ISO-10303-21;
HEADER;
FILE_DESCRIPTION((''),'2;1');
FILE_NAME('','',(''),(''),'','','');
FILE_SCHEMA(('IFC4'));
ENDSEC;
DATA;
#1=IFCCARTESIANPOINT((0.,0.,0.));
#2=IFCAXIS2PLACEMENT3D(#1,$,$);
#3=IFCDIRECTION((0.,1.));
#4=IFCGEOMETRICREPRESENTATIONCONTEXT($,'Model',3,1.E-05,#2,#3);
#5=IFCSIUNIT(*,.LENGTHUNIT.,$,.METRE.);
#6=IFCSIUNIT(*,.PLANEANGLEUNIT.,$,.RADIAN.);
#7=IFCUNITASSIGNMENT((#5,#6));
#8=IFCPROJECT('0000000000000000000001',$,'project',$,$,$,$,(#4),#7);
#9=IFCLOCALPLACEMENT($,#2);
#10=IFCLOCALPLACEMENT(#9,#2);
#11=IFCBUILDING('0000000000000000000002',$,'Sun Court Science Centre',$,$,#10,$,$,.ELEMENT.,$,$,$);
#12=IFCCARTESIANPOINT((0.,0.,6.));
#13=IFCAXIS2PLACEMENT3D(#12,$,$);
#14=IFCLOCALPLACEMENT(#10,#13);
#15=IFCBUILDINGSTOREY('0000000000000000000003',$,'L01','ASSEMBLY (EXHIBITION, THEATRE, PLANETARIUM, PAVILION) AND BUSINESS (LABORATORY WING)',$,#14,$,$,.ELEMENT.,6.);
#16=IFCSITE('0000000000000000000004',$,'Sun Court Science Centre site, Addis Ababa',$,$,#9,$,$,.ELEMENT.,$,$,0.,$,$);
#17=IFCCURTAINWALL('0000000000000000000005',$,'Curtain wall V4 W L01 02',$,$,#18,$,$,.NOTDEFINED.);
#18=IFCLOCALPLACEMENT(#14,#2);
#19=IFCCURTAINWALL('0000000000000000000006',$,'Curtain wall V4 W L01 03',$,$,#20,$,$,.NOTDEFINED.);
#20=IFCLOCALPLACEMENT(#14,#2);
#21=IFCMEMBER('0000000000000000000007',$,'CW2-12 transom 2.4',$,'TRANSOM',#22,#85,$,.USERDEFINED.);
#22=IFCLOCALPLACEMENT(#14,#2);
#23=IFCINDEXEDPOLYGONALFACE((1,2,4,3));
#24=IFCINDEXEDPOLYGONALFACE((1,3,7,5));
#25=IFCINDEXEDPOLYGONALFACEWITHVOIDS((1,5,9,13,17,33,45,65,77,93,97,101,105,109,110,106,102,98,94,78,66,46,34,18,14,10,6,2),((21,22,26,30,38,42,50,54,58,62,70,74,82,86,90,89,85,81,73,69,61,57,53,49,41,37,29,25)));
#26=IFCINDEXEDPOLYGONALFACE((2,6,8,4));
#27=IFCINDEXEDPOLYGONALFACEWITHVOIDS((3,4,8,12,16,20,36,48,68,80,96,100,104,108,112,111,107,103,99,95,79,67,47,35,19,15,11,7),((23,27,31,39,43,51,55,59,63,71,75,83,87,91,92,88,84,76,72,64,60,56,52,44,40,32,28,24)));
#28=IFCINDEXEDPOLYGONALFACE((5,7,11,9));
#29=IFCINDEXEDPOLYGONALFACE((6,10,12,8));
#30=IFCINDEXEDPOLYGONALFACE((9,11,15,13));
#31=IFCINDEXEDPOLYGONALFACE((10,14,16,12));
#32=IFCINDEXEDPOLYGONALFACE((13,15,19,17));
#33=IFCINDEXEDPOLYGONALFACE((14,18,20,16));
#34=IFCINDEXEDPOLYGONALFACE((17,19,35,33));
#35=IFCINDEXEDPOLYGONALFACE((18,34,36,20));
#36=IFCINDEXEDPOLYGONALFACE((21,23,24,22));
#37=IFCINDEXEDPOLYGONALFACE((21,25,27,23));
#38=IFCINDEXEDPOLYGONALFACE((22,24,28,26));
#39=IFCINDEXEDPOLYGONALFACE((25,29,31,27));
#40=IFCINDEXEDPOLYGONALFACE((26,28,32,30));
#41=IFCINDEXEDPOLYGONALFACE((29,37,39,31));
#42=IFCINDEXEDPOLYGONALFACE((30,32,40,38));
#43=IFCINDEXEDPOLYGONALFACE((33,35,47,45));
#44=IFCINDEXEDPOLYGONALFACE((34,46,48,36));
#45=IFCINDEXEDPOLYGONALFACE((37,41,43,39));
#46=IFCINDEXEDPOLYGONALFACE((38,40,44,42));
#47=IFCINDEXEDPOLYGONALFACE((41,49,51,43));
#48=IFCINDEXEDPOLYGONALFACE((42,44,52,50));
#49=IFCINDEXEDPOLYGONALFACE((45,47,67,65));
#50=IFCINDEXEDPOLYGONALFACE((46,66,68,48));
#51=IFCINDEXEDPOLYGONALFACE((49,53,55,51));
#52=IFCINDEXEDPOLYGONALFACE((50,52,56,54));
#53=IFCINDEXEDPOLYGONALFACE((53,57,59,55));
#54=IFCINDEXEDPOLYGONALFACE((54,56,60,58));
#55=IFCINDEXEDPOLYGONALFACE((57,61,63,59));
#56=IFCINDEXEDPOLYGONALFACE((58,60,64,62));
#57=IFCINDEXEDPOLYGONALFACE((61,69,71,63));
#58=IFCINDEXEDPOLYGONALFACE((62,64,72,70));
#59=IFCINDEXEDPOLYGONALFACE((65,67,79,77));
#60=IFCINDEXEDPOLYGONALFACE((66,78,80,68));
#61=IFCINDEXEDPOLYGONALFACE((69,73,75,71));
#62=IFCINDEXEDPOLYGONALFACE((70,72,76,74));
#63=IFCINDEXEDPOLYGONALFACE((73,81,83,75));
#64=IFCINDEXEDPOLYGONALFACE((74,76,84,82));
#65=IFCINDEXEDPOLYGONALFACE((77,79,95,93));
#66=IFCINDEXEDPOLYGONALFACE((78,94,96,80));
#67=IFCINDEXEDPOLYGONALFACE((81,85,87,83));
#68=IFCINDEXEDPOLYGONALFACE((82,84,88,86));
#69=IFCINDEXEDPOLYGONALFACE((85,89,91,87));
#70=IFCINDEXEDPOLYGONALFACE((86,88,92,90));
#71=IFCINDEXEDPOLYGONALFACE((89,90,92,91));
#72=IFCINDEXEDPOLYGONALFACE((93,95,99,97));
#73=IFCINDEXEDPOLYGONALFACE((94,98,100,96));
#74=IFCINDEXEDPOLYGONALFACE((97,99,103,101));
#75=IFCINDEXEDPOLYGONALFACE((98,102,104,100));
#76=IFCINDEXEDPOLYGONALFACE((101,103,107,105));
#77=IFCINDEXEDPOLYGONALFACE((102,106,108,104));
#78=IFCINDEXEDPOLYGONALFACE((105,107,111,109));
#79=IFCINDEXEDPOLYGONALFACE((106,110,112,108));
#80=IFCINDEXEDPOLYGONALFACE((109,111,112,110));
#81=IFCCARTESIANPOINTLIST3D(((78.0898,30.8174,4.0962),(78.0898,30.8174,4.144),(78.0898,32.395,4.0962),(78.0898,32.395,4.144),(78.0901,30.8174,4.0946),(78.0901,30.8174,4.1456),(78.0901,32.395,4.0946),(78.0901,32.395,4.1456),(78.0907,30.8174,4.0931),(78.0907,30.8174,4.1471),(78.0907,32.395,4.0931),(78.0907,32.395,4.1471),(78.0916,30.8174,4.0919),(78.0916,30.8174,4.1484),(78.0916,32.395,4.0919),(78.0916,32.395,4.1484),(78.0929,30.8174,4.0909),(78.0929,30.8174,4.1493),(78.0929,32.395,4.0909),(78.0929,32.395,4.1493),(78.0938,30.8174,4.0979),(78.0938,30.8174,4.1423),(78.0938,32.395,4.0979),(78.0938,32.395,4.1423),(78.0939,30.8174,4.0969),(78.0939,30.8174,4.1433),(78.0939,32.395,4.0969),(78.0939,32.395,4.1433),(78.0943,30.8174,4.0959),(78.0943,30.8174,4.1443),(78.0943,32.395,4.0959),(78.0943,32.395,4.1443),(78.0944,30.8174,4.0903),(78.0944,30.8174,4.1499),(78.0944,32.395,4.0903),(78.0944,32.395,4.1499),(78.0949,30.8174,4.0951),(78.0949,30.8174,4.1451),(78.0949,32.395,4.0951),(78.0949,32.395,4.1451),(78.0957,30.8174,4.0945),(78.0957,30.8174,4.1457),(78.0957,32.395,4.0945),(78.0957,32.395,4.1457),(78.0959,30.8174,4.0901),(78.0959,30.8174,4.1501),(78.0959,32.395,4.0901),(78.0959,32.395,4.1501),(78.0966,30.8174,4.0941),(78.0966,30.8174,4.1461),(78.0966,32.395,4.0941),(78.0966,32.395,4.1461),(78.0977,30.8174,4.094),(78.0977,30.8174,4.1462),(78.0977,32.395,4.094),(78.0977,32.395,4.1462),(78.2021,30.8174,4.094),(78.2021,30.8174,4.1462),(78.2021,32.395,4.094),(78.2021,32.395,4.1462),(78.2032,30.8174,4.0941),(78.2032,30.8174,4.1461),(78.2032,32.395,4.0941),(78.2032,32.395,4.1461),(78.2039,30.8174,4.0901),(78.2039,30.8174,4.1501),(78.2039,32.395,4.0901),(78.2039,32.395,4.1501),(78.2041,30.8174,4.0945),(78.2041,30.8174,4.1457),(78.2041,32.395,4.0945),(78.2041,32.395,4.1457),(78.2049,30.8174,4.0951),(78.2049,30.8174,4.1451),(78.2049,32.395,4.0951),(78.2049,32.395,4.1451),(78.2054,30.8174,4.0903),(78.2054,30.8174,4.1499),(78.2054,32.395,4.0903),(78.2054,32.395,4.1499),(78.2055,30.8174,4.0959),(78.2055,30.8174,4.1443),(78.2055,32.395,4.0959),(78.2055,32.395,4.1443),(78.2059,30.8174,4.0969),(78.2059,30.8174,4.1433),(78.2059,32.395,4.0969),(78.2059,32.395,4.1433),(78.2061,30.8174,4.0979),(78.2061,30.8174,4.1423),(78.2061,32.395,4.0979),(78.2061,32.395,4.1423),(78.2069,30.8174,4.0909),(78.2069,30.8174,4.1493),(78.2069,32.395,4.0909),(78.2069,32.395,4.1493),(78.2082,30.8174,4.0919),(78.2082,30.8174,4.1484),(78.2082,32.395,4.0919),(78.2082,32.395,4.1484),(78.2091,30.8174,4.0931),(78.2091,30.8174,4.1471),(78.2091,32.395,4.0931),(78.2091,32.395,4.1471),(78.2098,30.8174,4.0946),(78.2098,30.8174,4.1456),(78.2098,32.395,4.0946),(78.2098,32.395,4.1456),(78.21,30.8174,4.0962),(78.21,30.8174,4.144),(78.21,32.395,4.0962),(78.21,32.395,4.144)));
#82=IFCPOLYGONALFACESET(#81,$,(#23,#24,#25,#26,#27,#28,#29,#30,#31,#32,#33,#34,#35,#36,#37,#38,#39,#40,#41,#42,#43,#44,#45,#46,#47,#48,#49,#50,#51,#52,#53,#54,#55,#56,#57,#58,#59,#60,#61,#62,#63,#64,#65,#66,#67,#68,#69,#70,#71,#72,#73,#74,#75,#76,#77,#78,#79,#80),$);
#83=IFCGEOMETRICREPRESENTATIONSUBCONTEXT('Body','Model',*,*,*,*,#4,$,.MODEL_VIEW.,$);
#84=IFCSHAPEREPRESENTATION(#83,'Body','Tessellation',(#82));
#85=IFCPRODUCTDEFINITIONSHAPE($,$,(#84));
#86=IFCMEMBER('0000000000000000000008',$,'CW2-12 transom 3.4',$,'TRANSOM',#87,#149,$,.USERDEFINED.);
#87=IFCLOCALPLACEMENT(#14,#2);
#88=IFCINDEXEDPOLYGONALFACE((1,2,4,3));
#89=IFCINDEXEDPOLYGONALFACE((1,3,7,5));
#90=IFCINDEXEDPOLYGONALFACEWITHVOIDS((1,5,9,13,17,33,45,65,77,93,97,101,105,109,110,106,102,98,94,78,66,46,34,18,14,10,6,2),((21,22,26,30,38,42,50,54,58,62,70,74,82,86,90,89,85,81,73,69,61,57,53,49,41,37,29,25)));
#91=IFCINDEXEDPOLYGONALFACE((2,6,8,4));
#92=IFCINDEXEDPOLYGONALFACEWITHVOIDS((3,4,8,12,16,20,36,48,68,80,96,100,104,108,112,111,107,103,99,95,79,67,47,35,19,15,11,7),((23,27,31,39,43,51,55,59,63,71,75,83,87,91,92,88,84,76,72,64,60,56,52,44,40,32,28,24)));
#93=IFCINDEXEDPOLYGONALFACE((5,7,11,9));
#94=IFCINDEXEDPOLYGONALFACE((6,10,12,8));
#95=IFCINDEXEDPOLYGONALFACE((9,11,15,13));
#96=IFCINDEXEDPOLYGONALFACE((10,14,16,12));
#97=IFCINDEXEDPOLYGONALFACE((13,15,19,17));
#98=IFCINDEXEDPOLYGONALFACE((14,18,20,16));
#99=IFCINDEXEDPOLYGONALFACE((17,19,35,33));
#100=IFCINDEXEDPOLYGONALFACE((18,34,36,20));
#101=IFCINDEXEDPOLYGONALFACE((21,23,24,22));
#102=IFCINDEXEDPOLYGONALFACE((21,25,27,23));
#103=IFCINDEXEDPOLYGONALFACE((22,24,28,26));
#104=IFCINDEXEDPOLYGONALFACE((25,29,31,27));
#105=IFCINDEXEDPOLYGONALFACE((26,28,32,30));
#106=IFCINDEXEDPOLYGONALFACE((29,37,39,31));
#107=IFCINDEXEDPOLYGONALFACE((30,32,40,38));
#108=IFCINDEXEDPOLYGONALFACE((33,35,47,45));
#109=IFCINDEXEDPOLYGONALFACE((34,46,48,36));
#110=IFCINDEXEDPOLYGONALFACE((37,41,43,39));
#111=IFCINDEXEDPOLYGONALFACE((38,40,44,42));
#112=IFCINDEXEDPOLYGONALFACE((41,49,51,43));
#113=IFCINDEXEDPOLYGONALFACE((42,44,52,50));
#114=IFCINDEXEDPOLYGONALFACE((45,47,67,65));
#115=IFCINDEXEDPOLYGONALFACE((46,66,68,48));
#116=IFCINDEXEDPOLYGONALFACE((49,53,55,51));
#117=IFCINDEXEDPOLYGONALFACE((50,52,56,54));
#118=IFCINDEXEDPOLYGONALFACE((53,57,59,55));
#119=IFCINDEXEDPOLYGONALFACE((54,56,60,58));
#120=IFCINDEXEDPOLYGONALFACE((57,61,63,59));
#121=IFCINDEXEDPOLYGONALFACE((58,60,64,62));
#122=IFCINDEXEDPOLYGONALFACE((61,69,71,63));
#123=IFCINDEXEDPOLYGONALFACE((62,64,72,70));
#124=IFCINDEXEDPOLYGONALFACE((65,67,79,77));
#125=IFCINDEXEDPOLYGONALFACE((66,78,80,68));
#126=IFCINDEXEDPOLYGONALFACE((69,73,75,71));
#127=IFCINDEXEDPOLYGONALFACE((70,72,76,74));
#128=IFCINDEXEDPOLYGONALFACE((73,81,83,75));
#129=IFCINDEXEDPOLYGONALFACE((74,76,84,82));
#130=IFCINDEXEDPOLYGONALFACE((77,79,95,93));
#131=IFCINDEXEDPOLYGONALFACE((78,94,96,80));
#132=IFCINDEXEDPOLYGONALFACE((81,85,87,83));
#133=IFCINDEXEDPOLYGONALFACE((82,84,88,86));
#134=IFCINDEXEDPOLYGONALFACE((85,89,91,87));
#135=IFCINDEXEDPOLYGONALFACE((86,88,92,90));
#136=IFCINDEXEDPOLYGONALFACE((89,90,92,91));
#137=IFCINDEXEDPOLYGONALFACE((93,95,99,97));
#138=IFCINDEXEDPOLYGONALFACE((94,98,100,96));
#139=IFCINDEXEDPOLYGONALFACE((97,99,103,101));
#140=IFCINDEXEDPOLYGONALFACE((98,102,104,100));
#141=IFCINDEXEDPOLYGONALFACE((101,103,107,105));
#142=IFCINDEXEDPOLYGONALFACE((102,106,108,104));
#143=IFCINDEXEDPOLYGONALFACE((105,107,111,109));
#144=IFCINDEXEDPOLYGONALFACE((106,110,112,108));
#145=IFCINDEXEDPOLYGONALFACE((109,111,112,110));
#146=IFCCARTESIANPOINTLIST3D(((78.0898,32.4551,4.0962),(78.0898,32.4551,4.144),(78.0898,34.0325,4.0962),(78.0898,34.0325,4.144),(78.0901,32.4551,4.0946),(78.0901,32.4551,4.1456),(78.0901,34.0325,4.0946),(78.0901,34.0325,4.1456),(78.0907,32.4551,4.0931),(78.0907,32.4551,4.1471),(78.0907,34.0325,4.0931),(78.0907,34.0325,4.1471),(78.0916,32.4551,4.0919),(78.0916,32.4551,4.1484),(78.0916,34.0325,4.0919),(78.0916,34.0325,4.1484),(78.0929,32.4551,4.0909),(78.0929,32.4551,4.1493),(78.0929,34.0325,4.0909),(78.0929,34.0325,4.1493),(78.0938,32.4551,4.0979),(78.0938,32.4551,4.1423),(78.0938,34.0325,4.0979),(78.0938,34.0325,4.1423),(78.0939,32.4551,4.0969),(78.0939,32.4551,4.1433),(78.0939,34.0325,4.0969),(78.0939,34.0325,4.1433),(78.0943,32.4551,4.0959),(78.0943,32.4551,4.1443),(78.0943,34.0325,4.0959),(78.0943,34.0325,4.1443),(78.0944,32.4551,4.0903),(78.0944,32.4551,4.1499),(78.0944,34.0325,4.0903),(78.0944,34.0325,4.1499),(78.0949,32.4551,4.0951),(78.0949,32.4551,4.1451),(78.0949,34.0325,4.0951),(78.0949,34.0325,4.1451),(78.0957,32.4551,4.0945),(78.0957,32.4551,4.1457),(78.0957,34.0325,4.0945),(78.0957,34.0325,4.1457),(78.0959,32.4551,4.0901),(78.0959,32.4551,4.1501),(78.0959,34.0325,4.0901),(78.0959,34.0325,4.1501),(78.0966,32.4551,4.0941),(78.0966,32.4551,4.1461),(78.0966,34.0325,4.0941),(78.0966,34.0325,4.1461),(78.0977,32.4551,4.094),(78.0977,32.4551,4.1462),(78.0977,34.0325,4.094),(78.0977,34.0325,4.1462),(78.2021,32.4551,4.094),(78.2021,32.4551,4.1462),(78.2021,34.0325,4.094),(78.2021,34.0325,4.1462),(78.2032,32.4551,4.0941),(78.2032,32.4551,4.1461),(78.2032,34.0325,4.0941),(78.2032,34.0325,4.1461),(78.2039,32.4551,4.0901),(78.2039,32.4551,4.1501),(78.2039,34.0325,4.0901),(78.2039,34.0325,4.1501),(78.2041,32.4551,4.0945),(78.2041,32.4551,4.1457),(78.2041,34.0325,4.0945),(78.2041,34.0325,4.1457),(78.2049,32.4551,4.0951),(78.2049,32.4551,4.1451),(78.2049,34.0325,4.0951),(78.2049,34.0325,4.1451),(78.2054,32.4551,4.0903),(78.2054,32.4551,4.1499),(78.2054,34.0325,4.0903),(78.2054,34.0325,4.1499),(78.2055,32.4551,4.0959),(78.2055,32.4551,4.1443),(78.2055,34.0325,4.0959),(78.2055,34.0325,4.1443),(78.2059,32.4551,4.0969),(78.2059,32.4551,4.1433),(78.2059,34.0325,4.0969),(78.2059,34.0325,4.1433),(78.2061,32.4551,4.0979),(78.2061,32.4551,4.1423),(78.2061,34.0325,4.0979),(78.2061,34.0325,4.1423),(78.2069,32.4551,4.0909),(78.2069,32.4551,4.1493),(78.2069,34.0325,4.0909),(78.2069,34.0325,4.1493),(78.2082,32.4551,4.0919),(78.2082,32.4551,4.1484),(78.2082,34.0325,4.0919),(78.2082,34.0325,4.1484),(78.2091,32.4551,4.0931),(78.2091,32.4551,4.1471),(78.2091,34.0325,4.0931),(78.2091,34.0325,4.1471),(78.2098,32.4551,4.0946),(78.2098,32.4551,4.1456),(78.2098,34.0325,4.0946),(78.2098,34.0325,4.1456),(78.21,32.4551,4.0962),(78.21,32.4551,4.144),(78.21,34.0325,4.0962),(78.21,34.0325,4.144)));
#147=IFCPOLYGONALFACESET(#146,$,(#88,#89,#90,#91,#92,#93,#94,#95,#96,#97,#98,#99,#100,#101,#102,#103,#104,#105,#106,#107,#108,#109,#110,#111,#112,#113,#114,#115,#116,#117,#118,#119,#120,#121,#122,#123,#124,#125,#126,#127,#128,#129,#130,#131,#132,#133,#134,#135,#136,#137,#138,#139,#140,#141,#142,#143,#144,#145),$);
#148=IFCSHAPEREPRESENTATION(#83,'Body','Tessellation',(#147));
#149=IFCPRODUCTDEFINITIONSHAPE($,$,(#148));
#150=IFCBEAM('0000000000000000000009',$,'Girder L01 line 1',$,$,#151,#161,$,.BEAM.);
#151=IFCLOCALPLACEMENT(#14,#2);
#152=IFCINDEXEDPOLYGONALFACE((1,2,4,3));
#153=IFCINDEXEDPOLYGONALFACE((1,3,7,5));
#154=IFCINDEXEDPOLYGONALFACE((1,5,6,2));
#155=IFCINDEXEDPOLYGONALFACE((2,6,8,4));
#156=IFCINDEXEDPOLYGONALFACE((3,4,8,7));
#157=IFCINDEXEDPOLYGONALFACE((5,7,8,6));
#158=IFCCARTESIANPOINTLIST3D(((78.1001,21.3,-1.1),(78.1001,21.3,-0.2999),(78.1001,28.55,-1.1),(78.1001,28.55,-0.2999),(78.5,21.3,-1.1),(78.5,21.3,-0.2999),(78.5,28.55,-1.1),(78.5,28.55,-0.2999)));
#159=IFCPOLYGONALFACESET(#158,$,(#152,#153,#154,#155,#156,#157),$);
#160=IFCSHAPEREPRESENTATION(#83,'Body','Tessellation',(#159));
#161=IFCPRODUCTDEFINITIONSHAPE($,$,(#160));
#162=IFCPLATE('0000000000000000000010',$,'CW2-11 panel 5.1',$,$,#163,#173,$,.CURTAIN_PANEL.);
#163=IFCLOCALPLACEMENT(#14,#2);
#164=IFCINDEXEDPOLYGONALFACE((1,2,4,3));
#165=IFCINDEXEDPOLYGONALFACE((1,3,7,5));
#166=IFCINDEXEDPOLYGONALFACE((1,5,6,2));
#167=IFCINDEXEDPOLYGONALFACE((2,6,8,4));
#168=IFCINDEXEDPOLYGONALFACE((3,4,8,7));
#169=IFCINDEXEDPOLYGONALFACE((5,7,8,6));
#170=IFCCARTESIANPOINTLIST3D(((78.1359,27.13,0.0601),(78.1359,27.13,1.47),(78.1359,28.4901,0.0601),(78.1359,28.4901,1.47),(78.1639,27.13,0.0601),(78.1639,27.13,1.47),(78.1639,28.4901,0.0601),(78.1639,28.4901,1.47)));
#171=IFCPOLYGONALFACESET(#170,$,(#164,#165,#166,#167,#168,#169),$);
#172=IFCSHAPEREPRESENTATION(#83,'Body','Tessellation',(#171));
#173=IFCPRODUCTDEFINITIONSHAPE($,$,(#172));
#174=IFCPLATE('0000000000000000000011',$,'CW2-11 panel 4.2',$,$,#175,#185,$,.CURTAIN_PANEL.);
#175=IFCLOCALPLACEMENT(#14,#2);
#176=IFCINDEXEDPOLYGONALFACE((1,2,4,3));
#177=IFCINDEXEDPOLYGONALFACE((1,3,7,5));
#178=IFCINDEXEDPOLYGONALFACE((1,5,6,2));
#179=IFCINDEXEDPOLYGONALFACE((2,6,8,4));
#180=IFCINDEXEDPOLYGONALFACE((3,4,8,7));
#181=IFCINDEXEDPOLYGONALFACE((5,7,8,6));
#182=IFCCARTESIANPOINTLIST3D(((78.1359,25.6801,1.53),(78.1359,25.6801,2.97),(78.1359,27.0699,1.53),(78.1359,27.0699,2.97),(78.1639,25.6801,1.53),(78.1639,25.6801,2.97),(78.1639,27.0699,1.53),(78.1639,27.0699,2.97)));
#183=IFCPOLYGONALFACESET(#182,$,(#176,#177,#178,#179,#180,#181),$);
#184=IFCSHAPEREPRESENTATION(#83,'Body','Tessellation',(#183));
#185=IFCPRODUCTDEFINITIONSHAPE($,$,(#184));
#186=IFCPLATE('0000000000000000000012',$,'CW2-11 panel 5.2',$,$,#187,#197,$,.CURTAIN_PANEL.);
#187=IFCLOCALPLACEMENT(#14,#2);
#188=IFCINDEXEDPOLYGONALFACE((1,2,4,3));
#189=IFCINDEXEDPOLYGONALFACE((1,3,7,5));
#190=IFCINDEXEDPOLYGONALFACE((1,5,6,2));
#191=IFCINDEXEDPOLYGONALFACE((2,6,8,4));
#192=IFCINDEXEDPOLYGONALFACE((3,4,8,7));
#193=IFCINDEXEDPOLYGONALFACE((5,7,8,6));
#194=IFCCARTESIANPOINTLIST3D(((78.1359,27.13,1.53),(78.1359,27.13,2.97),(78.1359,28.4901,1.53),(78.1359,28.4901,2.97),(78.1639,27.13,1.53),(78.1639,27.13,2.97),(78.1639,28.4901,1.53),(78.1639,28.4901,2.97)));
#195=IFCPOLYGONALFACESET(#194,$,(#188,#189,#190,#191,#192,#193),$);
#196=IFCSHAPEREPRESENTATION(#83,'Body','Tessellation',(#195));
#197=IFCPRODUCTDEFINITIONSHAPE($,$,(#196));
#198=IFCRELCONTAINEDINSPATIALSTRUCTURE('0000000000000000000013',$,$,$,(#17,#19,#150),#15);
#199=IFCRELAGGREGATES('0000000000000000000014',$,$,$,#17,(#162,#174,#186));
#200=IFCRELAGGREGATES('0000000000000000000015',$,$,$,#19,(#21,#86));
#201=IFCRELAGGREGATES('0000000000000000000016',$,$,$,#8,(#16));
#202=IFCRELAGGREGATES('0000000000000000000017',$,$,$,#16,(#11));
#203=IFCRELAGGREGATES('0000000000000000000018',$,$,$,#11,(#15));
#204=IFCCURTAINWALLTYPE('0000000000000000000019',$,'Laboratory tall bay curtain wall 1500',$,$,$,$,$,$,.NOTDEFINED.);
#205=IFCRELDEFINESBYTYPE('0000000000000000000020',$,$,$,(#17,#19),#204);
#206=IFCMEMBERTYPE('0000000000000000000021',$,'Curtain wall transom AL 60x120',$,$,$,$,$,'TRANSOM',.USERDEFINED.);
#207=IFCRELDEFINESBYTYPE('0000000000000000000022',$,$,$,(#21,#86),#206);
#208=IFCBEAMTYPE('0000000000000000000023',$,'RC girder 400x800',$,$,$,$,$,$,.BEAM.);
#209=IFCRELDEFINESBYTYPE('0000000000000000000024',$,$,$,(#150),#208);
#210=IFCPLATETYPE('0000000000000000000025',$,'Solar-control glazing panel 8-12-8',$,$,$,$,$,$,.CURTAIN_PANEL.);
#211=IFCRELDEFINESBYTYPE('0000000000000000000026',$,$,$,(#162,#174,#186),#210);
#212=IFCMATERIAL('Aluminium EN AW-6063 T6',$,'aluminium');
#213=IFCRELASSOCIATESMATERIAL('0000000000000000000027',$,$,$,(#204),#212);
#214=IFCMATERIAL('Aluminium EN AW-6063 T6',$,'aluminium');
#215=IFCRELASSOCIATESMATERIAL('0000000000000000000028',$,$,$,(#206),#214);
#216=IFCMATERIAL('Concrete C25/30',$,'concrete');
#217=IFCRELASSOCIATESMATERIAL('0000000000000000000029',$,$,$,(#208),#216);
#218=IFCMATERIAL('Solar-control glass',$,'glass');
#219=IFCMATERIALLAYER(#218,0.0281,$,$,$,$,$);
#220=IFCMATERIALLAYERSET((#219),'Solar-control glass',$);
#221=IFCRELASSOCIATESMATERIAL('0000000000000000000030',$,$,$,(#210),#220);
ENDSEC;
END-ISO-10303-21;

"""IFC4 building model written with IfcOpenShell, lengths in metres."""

from ifc_helpers import new_model, si_unit, direction, frame, origin, origin_2d, place, context, subcontext, project, spatial, rectangle, hollow_rectangle, extrude, material, layer, layer_set, material_profile, profile_set, type_object, element, aggregate, save


model = new_model("IFC4")

# Units and contexts
model_context = context("Model", 3, precision=1e-05, world=origin(), true_north=direction((0.0, 1.0)))
body_context = subcontext(model_context, "Body", "Model", "MODEL_VIEW")
ifc_project = project(units=[si_unit("LENGTHUNIT", "METRE"), si_unit("PLANEANGLEUNIT", "RADIAN")], contexts=[model_context])

# Site, building, storey
site_placement = place(None, origin())
site = spatial("IfcSite", under=ifc_project, at=site_placement, Name="Sun Court Science Centre site, Addis Ababa", CompositionType="ELEMENT", RefElevation=0.0)
building_placement = place(site_placement, origin())
building = spatial("IfcBuilding", under=site, at=building_placement, Name="Sun Court Science Centre", CompositionType="ELEMENT")
storey_placement = place(building_placement, frame((0.0, 0.0, 6.0)))
storey = spatial("IfcBuildingStorey", under=building, at=storey_placement, Name="L01", Description="ASSEMBLY (EXHIBITION, THEATRE, PLANETARIUM, PAVILION) AND BUSINESS (LABORATORY WING)", CompositionType="ELEMENT", Elevation=6.0)

# Curtain walls
ifc_material_1 = material(Name="Aluminium EN AW-6063 T6", Category="aluminium")
curtain_wall_type = type_object("IfcCurtainWallType", Name="Laboratory tall bay curtain wall 1500", PredefinedType="NOTDEFINED", material=ifc_material_1)
curtain_wall_1_placement = place(storey_placement, origin())
curtain_wall_1 = element("IfcCurtainWall", 1, at=curtain_wall_1_placement, inside=storey, type_object=curtain_wall_type, Name="Curtain wall V4 W L01 02", PredefinedType="NOTDEFINED")
curtain_wall_2_placement = place(storey_placement, origin())
curtain_wall_2 = element("IfcCurtainWall", 2, at=curtain_wall_2_placement, inside=storey, type_object=curtain_wall_type, Name="Curtain wall V4 W L01 03", PredefinedType="NOTDEFINED")

# Members
ifc_material_2 = material(Name="Aluminium EN AW-6063 T6", Category="aluminium")
ifc_material_profile_1 = material_profile(ifc_material_2, hollow_rectangle(XDim=0.0601, YDim=0.1201, WallThickness=0.0039, InnerFilletRadius=0.0039, OuterFilletRadius=0.0061, at=origin_2d()), Name="AL 60x120x4")
ifc_profile_set_1 = profile_set([ifc_material_profile_1], Name="Aluminium EN AW-6063 T6")
member_type_1 = type_object("IfcMemberType", Name="Curtain wall transom AL 60x120", ElementType="TRANSOM", PredefinedType="USERDEFINED", material=ifc_profile_set_1)
member_1_placement = place(storey_placement, frame((78.1499, 30.8174, 4.1201), z_axis=(0.0, 1.0, 0.0), x_axis=(0.0, 0.0, 1.0)))
member_1 = element("IfcMember", 3, at=member_1_placement, type_object=member_type_1, Name="CW2-12 transom 2.4", ObjectType="TRANSOM", PredefinedType="USERDEFINED", context=body_context, shape_type="SweptSolid", body=[
    extrude(hollow_rectangle(XDim=0.0601, YDim=0.1201, WallThickness=0.0039, InnerFilletRadius=0.0039, OuterFilletRadius=0.0061, at=origin_2d()), origin(), (0.0, 0.0, 1.0), 1.5776),
])
member_2_placement = place(storey_placement, frame((78.1499, 32.4551, 4.1201), z_axis=(0.0, 1.0, 0.0), x_axis=(0.0, 0.0, 1.0)))
member_2 = element("IfcMember", 4, at=member_2_placement, type_object=member_type_1, Name="CW2-12 transom 3.4", ObjectType="TRANSOM", PredefinedType="USERDEFINED", context=body_context, shape_type="SweptSolid", body=[
    extrude(hollow_rectangle(XDim=0.0601, YDim=0.1201, WallThickness=0.0039, InnerFilletRadius=0.0039, OuterFilletRadius=0.0061, at=origin_2d()), origin(), (0.0, 0.0, 1.0), 1.5774),
])

# Beam
ifc_material_3 = material(Name="Concrete C25/30", Category="concrete")
ifc_material_profile_2 = material_profile(ifc_material_3, rectangle(XDim=0.3999, YDim=0.8, at=origin_2d()), Name="RC 400x800")
ifc_profile_set_2 = profile_set([ifc_material_profile_2], Name="Concrete C25/30")
beam_type = type_object("IfcBeamType", Name="RC girder 400x800", PredefinedType="BEAM", material=ifc_profile_set_2)
beam_placement = place(storey_placement, frame((78.3, 21.3, -0.7), z_axis=(0.0, 1.0, 0.0), x_axis=(-1.0, 0.0, 0.0)))
element("IfcBeam", 5, at=beam_placement, inside=storey, type_object=beam_type, Name="Girder L01 line 1", PredefinedType="BEAM", context=body_context, shape_type="SweptSolid", body=[
    extrude(rectangle(XDim=0.3999, YDim=0.8, at=origin_2d()), origin(), (0.0, 0.0, 1.0), 7.25),
])

# Plates
ifc_material_4 = material(Name="Solar-control glass", Category="glass")
ifc_layer_1 = layer(ifc_material_4, 0.0281)
ifc_layer_set_1 = layer_set([ifc_layer_1], Name="Solar-control glass")
plate_type = type_object("IfcPlateType", Name="Solar-control glazing panel 8-12-8", PredefinedType="CURTAIN_PANEL", material=ifc_layer_set_1)
plate_1_placement = place(storey_placement, frame((78.1499, 27.8101, 0.0601), z_axis=(0.0, 0.0, 1.0), x_axis=(0.0, 1.0, 0.0)))
plate_1 = element("IfcPlate", 6, at=plate_1_placement, type_object=plate_type, Name="CW2-11 panel 5.1", PredefinedType="CURTAIN_PANEL", context=body_context, shape_type="SweptSolid", body=[
    extrude(rectangle(XDim=1.3601, YDim=0.0281, at=origin_2d()), origin(), (0.0, 0.0, 1.0), 1.4099),
])
plate_2_placement = place(storey_placement, frame((78.1499, 26.375, 1.53), z_axis=(0.0, 0.0, 1.0), x_axis=(0.0, 1.0, 0.0)))
plate_2 = element("IfcPlate", 7, at=plate_2_placement, type_object=plate_type, Name="CW2-11 panel 4.2", PredefinedType="CURTAIN_PANEL", context=body_context, shape_type="SweptSolid", body=[
    extrude(rectangle(XDim=1.3899, YDim=0.0281, at=origin_2d()), origin(), (0.0, 0.0, 1.0), 1.4399),
])
plate_3_placement = place(storey_placement, frame((78.1499, 27.8101, 1.53), z_axis=(0.0, 0.0, 1.0), x_axis=(0.0, 1.0, 0.0)))
plate_3 = element("IfcPlate", 8, at=plate_3_placement, type_object=plate_type, Name="CW2-11 panel 5.2", PredefinedType="CURTAIN_PANEL", context=body_context, shape_type="SweptSolid", body=[
    extrude(rectangle(XDim=1.3601, YDim=0.0281, at=origin_2d()), origin(), (0.0, 0.0, 1.0), 1.4399),
])
aggregate(curtain_wall_1, [plate_1, plate_2, plate_3])
aggregate(curtain_wall_2, [member_1, member_2])

save(model, "model.ifc")
